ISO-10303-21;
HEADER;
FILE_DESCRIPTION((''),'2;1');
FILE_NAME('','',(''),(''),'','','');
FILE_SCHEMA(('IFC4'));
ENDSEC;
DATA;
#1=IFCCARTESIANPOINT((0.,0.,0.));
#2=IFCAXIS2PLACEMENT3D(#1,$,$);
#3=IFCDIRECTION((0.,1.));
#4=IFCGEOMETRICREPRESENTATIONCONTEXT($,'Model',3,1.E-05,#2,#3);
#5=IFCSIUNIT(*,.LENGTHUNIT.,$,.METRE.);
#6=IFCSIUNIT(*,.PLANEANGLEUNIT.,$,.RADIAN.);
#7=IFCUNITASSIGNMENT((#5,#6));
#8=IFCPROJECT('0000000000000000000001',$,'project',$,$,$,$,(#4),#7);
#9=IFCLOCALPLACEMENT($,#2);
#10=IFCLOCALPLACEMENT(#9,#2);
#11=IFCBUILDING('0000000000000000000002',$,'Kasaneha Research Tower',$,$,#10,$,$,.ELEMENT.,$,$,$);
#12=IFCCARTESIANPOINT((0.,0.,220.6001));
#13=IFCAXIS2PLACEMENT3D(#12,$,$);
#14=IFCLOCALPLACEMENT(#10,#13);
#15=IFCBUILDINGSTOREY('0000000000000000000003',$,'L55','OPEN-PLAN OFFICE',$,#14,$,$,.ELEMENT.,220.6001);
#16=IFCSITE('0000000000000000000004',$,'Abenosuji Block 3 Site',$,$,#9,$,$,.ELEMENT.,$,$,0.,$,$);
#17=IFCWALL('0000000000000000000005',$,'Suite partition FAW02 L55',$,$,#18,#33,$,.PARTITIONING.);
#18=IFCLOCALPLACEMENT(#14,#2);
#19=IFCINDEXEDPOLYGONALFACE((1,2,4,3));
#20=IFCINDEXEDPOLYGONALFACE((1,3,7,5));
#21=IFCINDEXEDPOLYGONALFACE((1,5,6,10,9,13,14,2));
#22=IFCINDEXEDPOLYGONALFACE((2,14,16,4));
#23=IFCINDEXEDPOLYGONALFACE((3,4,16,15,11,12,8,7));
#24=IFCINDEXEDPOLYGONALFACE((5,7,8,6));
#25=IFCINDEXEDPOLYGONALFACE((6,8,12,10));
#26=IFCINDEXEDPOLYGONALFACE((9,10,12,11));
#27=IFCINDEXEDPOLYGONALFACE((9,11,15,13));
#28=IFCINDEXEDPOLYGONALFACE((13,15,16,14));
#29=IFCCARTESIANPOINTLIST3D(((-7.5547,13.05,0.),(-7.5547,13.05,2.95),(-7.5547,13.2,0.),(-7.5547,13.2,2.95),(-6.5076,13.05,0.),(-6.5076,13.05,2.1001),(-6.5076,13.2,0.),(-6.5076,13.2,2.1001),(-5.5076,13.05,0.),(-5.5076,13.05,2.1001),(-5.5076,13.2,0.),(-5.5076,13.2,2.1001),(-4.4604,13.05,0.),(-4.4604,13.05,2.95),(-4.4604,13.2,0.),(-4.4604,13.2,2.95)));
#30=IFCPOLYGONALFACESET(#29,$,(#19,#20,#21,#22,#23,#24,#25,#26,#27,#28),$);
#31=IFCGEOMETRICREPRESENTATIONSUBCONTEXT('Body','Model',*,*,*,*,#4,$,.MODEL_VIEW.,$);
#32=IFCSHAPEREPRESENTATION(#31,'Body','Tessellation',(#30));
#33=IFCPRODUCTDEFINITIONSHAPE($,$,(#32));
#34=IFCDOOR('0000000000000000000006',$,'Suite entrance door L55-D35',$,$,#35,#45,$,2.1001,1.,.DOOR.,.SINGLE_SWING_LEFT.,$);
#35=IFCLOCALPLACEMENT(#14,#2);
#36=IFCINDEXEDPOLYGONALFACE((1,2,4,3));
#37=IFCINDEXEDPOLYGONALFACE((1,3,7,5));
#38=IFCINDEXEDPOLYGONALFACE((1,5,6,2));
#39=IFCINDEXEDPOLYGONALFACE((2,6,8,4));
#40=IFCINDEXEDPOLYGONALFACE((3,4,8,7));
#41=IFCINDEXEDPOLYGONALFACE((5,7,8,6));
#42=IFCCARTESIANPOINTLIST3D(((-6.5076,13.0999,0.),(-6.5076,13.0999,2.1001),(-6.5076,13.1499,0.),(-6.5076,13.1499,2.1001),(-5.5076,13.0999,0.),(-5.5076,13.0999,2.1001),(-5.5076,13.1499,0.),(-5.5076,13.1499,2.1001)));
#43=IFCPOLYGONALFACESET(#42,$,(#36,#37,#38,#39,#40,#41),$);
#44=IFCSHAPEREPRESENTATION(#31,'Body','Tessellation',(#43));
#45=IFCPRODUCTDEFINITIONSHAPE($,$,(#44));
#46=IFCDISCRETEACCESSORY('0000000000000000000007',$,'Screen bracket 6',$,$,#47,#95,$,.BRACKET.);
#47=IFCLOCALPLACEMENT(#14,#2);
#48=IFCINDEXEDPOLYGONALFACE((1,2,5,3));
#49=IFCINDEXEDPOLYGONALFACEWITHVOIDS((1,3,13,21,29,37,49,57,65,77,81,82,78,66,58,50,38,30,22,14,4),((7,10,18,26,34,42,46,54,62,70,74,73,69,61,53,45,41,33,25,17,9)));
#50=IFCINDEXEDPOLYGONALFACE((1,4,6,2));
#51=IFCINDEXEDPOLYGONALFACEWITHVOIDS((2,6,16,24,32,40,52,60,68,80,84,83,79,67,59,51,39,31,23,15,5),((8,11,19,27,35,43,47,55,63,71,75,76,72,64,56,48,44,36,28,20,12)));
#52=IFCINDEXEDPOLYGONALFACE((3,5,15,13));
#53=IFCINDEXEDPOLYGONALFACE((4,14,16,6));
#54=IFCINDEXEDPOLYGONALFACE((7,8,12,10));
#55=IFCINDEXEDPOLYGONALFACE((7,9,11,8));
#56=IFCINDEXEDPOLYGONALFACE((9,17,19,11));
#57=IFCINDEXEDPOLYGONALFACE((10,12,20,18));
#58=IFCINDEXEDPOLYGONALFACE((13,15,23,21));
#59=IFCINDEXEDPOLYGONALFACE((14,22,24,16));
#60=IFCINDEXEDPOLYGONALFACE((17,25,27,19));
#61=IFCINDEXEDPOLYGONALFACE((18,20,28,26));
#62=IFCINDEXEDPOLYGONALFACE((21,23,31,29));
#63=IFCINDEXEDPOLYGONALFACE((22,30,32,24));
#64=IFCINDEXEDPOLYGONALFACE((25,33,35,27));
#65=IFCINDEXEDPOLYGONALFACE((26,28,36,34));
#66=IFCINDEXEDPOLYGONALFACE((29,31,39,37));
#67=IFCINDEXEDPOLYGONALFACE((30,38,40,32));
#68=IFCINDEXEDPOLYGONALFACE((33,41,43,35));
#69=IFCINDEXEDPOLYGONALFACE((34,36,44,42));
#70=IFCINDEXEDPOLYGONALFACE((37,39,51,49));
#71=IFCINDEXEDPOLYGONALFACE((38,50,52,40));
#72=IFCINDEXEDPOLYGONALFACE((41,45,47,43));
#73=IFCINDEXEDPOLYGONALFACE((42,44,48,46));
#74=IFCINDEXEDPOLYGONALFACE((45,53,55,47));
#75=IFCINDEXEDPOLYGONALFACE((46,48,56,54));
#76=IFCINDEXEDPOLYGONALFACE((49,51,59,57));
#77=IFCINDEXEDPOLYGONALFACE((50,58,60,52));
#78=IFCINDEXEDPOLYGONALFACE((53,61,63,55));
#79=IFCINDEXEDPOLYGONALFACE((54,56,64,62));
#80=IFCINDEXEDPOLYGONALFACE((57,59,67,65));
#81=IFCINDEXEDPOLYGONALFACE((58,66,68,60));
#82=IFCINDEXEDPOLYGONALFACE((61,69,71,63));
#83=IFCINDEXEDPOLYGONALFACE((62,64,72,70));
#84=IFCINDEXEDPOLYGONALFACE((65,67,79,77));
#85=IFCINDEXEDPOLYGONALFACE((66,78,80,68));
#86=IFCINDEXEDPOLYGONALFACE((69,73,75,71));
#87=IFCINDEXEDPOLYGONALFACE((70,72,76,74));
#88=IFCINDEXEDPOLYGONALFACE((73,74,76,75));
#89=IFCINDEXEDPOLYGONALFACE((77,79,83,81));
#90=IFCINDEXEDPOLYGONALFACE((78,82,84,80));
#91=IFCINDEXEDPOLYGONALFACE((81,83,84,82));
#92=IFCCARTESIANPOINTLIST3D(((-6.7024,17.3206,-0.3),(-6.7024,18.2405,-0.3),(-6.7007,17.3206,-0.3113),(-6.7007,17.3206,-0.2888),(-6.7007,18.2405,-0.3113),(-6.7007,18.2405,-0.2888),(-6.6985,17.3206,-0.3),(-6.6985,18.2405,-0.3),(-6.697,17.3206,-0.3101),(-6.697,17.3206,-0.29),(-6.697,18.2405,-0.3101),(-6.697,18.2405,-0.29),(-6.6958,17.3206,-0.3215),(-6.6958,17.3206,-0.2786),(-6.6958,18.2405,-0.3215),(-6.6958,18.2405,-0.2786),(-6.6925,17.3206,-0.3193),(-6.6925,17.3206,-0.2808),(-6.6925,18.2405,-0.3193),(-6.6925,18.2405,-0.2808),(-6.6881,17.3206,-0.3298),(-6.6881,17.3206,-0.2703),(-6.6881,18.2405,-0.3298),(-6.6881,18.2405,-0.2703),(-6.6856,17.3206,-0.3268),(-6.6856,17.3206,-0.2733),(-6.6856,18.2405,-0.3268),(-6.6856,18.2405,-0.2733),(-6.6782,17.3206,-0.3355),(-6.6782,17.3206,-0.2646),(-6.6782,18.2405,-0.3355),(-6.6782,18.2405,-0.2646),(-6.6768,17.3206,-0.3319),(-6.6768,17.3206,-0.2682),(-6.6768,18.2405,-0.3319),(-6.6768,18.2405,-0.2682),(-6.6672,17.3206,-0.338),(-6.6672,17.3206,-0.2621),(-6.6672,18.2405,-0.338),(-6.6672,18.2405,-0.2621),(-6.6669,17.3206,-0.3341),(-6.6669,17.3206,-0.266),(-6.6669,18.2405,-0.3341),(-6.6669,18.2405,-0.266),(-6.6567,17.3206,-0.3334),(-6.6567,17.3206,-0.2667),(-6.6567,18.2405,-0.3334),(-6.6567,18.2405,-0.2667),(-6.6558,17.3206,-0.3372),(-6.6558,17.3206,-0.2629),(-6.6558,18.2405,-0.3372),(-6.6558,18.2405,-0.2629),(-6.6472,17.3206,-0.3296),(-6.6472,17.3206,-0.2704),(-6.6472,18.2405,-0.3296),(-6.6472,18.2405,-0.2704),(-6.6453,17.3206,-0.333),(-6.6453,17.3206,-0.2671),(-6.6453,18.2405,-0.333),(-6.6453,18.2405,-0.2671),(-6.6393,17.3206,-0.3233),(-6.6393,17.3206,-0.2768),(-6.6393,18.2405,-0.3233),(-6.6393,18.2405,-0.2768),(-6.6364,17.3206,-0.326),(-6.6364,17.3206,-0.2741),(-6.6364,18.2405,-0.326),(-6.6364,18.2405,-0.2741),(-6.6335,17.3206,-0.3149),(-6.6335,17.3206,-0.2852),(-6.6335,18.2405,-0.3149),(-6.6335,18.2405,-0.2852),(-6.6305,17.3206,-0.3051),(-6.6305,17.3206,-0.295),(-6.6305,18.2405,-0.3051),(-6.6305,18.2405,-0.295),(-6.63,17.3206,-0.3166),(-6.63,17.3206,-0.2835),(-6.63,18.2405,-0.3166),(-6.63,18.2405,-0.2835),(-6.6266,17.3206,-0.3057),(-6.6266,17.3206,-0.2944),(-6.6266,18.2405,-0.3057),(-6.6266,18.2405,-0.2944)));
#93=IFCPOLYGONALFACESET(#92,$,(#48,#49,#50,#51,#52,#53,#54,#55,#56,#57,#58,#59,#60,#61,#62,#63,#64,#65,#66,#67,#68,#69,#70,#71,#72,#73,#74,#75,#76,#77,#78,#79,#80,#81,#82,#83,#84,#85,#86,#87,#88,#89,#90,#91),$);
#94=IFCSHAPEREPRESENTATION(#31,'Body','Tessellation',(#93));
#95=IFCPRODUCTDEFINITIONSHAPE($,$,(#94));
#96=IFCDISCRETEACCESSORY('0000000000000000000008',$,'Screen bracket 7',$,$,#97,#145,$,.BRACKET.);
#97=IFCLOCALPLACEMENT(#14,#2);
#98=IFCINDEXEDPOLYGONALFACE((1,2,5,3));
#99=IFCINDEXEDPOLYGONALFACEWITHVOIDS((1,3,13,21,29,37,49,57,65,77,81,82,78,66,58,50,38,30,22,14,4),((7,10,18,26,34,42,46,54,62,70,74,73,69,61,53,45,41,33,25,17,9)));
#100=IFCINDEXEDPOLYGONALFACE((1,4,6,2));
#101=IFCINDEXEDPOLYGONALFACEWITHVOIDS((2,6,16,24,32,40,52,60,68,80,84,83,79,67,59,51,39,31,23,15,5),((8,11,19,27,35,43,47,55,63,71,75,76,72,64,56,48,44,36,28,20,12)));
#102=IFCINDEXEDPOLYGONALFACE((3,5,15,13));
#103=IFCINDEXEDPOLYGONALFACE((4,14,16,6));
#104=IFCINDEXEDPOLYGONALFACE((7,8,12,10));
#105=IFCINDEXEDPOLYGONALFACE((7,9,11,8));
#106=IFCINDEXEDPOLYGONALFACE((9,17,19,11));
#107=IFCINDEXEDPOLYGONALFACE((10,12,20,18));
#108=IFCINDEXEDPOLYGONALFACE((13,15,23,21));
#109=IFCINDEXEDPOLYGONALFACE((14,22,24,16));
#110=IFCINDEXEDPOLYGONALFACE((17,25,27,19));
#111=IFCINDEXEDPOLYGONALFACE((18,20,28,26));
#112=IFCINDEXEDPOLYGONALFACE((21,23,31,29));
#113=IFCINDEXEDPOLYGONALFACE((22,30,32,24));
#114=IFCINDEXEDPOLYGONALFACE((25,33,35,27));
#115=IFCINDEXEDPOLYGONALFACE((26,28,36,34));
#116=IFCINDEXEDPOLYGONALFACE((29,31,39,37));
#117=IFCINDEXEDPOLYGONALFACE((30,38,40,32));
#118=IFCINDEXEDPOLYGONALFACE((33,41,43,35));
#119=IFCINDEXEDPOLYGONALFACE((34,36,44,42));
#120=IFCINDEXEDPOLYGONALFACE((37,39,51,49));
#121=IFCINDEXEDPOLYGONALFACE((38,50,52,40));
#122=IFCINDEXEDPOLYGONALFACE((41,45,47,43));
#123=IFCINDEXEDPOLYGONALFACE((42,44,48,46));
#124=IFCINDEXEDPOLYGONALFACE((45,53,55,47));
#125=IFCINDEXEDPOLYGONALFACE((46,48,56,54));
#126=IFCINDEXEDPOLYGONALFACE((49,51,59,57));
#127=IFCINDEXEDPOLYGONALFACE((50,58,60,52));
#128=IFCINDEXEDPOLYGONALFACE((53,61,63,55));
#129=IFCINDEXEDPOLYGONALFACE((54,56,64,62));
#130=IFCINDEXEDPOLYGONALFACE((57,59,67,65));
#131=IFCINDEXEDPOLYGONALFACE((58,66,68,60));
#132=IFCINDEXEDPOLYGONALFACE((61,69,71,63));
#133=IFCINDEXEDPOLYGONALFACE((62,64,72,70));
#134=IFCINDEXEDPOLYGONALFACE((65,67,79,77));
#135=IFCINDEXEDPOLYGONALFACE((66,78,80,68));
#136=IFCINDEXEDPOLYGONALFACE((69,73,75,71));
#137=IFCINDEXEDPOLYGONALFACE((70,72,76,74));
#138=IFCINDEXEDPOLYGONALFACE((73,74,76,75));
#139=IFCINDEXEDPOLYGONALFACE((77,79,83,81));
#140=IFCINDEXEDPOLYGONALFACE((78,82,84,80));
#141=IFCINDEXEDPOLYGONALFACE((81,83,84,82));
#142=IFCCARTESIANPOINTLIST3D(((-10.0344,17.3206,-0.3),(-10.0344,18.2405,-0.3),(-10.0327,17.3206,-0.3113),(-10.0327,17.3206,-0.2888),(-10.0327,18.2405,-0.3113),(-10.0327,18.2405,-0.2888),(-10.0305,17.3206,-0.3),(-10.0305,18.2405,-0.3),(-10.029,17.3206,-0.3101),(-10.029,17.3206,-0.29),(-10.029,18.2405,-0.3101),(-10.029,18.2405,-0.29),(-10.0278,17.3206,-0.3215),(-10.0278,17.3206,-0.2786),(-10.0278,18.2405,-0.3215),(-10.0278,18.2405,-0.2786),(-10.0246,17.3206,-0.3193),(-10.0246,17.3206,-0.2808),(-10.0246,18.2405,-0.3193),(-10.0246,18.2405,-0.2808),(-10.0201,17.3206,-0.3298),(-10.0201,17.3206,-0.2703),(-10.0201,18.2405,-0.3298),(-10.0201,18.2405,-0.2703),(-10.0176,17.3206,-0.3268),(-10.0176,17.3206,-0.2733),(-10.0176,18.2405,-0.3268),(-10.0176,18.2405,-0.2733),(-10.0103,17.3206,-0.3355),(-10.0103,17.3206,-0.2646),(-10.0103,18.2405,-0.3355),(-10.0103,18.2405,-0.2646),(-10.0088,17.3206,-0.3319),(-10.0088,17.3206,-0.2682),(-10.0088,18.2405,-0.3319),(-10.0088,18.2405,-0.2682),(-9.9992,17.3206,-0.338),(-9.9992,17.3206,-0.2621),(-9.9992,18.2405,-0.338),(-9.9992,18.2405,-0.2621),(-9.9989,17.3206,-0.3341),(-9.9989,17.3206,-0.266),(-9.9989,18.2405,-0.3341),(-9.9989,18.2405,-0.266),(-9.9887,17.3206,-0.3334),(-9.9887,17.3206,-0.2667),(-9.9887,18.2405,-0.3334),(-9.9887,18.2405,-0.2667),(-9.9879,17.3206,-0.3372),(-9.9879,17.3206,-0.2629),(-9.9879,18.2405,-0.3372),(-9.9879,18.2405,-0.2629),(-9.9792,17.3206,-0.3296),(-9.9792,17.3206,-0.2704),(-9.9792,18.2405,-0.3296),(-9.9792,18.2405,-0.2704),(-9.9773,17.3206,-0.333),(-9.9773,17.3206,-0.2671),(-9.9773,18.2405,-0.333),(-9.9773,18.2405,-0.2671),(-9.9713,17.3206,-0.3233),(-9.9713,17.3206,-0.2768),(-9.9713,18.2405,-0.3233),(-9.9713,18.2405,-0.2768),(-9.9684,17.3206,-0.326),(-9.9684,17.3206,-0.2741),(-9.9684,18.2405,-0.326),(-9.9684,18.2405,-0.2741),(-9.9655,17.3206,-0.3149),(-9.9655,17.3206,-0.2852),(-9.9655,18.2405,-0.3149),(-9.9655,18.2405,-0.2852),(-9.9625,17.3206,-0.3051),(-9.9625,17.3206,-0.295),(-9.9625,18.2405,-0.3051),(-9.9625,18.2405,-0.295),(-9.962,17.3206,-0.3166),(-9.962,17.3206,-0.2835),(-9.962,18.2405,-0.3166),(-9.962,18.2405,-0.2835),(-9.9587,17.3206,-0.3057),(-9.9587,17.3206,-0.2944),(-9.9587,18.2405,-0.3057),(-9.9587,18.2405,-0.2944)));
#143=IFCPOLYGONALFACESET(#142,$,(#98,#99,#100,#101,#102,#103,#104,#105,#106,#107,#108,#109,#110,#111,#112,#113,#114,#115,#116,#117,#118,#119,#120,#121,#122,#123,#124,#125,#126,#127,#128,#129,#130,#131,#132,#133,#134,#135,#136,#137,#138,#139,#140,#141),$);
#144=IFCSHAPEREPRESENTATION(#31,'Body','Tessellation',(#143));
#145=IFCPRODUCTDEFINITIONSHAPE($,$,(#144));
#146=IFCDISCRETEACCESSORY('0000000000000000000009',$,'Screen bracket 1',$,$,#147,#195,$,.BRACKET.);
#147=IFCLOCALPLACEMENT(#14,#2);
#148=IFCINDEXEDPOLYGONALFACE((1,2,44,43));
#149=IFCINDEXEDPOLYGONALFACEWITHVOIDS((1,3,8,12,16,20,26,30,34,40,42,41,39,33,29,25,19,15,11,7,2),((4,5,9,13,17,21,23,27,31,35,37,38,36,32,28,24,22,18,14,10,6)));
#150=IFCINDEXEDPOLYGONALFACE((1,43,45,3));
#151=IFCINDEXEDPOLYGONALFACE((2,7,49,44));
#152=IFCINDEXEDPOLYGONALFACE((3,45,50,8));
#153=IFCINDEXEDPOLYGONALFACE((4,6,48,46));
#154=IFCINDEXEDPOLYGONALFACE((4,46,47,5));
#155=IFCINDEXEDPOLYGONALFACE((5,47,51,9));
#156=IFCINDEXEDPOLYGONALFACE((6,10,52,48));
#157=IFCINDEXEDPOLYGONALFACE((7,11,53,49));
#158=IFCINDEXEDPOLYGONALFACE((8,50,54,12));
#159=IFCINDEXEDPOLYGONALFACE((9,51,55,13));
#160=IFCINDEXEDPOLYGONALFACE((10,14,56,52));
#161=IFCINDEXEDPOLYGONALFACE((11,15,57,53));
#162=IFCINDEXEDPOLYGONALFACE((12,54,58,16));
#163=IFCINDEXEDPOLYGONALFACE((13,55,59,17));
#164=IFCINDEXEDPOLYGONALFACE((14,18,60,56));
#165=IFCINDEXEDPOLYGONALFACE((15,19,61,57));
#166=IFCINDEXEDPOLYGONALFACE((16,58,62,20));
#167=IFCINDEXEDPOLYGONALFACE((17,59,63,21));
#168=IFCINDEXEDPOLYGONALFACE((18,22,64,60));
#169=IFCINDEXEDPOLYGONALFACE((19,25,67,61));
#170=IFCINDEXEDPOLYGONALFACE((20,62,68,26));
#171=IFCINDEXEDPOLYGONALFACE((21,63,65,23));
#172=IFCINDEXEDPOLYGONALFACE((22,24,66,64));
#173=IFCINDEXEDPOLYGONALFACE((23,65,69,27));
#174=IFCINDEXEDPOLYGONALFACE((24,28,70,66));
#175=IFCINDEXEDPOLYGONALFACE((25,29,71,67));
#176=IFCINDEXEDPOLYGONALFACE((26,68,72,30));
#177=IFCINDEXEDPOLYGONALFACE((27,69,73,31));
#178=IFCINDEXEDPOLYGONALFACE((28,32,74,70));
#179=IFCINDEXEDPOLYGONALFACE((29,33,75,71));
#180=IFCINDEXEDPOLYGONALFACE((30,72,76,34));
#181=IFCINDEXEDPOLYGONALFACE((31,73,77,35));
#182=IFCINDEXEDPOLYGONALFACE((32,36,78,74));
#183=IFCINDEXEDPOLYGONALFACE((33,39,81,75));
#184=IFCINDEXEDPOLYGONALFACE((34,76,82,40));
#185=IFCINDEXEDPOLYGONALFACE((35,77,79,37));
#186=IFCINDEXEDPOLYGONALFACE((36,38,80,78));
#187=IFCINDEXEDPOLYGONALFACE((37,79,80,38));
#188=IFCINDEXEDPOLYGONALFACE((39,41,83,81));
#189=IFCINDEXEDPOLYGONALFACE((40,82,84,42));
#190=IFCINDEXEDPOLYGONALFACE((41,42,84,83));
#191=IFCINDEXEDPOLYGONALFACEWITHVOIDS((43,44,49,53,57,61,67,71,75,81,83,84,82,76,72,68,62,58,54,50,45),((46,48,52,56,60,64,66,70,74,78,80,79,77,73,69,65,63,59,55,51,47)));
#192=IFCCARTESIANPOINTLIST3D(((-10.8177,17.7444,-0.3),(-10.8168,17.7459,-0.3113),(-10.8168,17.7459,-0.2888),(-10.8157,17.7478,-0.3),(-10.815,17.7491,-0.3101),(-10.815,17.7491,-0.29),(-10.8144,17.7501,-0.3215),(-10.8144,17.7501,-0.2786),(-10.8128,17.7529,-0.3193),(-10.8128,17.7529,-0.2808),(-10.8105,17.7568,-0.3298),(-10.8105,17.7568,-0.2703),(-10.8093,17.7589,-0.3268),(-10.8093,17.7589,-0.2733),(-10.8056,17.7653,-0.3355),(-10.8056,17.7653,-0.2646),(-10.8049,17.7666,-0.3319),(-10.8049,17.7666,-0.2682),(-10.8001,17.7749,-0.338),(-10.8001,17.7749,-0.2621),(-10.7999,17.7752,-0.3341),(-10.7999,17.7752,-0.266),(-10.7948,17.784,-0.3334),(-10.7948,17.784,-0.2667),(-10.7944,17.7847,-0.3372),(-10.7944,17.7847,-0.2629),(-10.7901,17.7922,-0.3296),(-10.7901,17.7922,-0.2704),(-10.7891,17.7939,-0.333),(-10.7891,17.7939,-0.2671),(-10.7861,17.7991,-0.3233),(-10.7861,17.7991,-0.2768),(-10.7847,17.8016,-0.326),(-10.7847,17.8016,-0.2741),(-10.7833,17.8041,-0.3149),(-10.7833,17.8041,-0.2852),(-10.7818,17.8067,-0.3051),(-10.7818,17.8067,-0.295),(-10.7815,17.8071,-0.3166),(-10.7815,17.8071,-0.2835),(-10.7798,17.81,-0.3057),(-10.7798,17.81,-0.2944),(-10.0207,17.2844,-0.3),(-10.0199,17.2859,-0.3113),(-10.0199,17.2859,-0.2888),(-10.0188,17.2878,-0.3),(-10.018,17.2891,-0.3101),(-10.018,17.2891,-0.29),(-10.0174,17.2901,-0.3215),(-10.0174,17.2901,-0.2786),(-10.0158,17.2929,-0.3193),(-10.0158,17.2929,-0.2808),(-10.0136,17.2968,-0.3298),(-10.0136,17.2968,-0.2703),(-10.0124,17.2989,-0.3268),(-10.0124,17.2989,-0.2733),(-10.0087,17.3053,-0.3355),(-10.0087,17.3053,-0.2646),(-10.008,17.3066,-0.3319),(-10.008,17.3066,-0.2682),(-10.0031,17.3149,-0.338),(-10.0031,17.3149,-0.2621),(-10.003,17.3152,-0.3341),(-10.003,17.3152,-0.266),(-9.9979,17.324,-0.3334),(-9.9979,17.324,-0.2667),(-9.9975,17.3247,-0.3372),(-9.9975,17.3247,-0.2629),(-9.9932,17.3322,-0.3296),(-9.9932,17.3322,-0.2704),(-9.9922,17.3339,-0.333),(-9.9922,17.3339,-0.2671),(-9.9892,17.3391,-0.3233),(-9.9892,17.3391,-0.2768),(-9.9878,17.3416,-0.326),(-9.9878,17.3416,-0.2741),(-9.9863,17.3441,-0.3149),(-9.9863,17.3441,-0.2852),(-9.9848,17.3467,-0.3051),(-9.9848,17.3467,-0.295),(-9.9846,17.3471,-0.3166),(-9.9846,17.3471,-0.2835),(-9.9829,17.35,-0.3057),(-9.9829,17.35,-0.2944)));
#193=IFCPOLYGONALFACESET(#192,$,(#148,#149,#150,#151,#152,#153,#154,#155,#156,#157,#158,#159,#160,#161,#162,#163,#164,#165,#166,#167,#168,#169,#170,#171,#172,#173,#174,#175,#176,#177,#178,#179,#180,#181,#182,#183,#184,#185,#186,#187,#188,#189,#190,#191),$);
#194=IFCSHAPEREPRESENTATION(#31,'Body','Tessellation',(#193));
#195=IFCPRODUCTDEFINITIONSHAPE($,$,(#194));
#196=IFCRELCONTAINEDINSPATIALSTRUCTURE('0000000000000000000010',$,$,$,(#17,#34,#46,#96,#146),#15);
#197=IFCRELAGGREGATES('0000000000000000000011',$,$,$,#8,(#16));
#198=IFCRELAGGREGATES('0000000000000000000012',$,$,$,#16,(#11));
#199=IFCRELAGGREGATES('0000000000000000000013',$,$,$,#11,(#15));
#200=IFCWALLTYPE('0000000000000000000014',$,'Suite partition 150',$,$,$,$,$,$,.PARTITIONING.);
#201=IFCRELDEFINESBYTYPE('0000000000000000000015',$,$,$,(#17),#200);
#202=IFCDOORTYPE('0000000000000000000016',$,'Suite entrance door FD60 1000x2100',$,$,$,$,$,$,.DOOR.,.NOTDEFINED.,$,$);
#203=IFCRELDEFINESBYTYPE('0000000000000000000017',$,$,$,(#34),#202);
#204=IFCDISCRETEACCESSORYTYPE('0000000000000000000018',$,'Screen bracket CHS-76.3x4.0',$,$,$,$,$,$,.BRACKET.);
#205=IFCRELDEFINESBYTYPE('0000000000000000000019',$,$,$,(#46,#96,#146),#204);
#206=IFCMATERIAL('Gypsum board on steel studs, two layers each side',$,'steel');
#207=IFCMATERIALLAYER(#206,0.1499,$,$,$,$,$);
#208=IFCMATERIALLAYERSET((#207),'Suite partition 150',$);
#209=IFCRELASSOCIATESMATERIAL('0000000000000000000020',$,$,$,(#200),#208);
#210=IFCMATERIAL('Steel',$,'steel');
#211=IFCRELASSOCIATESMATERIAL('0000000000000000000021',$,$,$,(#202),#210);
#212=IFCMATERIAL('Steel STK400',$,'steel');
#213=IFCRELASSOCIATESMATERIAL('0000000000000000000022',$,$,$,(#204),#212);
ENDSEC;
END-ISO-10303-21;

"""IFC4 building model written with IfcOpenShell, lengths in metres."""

from ifc_helpers import new_model, si_unit, direction, frame, frame_2d, origin, origin_2d, place, context, subcontext, project, spatial, rectangle, hollow_circle, extrude, material, layer, layer_set, material_profile, profile_set, type_object, element, fill, save


model = new_model("IFC4")

# Units and contexts
model_context = context("Model", 3, precision=1e-05, world=origin(), true_north=direction((0.0, 1.0)))
body_context = subcontext(model_context, "Body", "Model", "MODEL_VIEW")
ifc_project = project(units=[si_unit("LENGTHUNIT", "METRE"), si_unit("PLANEANGLEUNIT", "RADIAN")], contexts=[model_context])

# Site, building, storey
site_placement = place(None, origin())
site = spatial("IfcSite", under=ifc_project, at=site_placement, Name="Abenosuji Block 3 Site", CompositionType="ELEMENT", RefElevation=0.0)
building_placement = place(site_placement, origin())
building = spatial("IfcBuilding", under=site, at=building_placement, Name="Kasaneha Research Tower", CompositionType="ELEMENT")
storey_placement = place(building_placement, frame((0.0, 0.0, 220.6001)))
storey = spatial("IfcBuildingStorey", under=building, at=storey_placement, Name="L55", Description="OPEN-PLAN OFFICE", CompositionType="ELEMENT", Elevation=220.6001)

# Wall, opening, door
ifc_material_1 = material(Name="Gypsum board on steel studs, two layers each side", Category="steel")
ifc_layer_1 = layer(ifc_material_1, 0.1499)
ifc_layer_set_1 = layer_set([ifc_layer_1], Name="Suite partition 150")
wall_type_1 = type_object("IfcWallType", Name="Suite partition 150", PredefinedType="PARTITIONING", material=ifc_layer_set_1)
wall_1_placement = place(storey_placement, frame((-7.5547, 13.125, 0.0), z_axis=(0.0, 0.0, 1.0), x_axis=(1.0, 0.0, 0.0)))
wall_1 = element("IfcWall", 1, at=wall_1_placement, inside=storey, type_object=wall_type_1, Name="Suite partition FAW02 L55", PredefinedType="PARTITIONING", context=body_context, shape_type="SweptSolid", body=[
    extrude(rectangle(XDim=3.0942, YDim=0.1499, at=frame_2d((1.5471, 0.0))), origin(), (0.0, 0.0, 1.0), 2.95),
])
opening_1_placement = place(wall_1_placement, frame((1.0471, 0.0, 0.0)))
opening_1 = element("IfcOpeningElement", 2, at=opening_1_placement, cuts=wall_1, PredefinedType="OPENING", context=body_context, shape_type="SweptSolid", body=[
    extrude(rectangle(XDim=1.0, YDim=2.1001, at=frame_2d((0.5, 1.05))), frame((0.0, 0.085, 0.0), z_axis=(0.0, -1.0, 0.0), x_axis=(1.0, 0.0, 0.0)), (0.0, 0.0, 1.0), 0.1699),
])
ifc_material_2 = material(Name="Steel", Category="steel")
door_type_1 = type_object("IfcDoorType", Name="Suite entrance door FD60 1000x2100", OperationType="NOTDEFINED", PredefinedType="DOOR", material=ifc_material_2)
door_1_placement = place(opening_1_placement, origin())
door_1 = element("IfcDoor", 3, at=door_1_placement, inside=storey, type_object=door_type_1, Name="Suite entrance door L55-D35", OperationType="SINGLE_SWING_LEFT", OverallHeight=2.1001, OverallWidth=1.0, PredefinedType="DOOR", context=body_context, shape_type="SweptSolid", body=[
    extrude(rectangle(XDim=1.0, YDim=2.1001, at=frame_2d((0.5, 1.05))), frame((0.0, 0.0249, 0.0), z_axis=(0.0, -1.0, 0.0), x_axis=(1.0, 0.0, 0.0)), (0.0, 0.0, 1.0), 0.05),
])
fill(opening_1, door_1)

# Discrete accessories
ifc_material_3 = material(Name="Steel STK400", Category="steel")
ifc_material_profile_1 = material_profile(ifc_material_3, hollow_circle(Radius=0.0381, WallThickness=0.0039, at=origin_2d()), Name="CHS-76.3x4.0")
ifc_profile_set_1 = profile_set([ifc_material_profile_1], Name="Steel STK400")
discrete_accessory_type = type_object("IfcDiscreteAccessoryType", Name="Screen bracket CHS-76.3x4.0", PredefinedType="BRACKET", material=ifc_profile_set_1)
for number, where, z_axis, x_axis, name in (
    (4, (-6.6643, 17.3206, -0.3), (0.0, 1.0, 0.0), (-1.0, 0.0, 0.0), "Screen bracket 6"),
    (5, (-9.9963, 17.3206, -0.3), (0.0, 1.0, 0.0), (-1.0, 0.0, 0.0), "Screen bracket 7"),
):
    element("IfcDiscreteAccessory", number, at=place(storey_placement, frame(where, z_axis=z_axis, x_axis=x_axis)), inside=storey, type_object=discrete_accessory_type, Name=name, PredefinedType="BRACKET", context=body_context, shape_type="SweptSolid", body=[
        extrude(hollow_circle(Radius=0.0381, WallThickness=0.0039, at=origin_2d()), origin(), (0.0, 0.0, 1.0), 0.9199),
    ])
discrete_accessory_placement = place(storey_placement, frame((-10.0017, 17.3174, -0.3), z_axis=(-0.86608, 0.499906, 0.0), x_axis=(-0.499906, -0.86608, 0.0)))
element("IfcDiscreteAccessory", 6, at=discrete_accessory_placement, inside=storey, type_object=discrete_accessory_type, Name="Screen bracket 1", PredefinedType="BRACKET", context=body_context, shape_type="SweptSolid", body=[
    extrude(hollow_circle(Radius=0.0381, WallThickness=0.0039, at=origin_2d()), origin(), (0.0, 0.0, 1.0), 0.9202),
])

save(model, "model.ifc")
